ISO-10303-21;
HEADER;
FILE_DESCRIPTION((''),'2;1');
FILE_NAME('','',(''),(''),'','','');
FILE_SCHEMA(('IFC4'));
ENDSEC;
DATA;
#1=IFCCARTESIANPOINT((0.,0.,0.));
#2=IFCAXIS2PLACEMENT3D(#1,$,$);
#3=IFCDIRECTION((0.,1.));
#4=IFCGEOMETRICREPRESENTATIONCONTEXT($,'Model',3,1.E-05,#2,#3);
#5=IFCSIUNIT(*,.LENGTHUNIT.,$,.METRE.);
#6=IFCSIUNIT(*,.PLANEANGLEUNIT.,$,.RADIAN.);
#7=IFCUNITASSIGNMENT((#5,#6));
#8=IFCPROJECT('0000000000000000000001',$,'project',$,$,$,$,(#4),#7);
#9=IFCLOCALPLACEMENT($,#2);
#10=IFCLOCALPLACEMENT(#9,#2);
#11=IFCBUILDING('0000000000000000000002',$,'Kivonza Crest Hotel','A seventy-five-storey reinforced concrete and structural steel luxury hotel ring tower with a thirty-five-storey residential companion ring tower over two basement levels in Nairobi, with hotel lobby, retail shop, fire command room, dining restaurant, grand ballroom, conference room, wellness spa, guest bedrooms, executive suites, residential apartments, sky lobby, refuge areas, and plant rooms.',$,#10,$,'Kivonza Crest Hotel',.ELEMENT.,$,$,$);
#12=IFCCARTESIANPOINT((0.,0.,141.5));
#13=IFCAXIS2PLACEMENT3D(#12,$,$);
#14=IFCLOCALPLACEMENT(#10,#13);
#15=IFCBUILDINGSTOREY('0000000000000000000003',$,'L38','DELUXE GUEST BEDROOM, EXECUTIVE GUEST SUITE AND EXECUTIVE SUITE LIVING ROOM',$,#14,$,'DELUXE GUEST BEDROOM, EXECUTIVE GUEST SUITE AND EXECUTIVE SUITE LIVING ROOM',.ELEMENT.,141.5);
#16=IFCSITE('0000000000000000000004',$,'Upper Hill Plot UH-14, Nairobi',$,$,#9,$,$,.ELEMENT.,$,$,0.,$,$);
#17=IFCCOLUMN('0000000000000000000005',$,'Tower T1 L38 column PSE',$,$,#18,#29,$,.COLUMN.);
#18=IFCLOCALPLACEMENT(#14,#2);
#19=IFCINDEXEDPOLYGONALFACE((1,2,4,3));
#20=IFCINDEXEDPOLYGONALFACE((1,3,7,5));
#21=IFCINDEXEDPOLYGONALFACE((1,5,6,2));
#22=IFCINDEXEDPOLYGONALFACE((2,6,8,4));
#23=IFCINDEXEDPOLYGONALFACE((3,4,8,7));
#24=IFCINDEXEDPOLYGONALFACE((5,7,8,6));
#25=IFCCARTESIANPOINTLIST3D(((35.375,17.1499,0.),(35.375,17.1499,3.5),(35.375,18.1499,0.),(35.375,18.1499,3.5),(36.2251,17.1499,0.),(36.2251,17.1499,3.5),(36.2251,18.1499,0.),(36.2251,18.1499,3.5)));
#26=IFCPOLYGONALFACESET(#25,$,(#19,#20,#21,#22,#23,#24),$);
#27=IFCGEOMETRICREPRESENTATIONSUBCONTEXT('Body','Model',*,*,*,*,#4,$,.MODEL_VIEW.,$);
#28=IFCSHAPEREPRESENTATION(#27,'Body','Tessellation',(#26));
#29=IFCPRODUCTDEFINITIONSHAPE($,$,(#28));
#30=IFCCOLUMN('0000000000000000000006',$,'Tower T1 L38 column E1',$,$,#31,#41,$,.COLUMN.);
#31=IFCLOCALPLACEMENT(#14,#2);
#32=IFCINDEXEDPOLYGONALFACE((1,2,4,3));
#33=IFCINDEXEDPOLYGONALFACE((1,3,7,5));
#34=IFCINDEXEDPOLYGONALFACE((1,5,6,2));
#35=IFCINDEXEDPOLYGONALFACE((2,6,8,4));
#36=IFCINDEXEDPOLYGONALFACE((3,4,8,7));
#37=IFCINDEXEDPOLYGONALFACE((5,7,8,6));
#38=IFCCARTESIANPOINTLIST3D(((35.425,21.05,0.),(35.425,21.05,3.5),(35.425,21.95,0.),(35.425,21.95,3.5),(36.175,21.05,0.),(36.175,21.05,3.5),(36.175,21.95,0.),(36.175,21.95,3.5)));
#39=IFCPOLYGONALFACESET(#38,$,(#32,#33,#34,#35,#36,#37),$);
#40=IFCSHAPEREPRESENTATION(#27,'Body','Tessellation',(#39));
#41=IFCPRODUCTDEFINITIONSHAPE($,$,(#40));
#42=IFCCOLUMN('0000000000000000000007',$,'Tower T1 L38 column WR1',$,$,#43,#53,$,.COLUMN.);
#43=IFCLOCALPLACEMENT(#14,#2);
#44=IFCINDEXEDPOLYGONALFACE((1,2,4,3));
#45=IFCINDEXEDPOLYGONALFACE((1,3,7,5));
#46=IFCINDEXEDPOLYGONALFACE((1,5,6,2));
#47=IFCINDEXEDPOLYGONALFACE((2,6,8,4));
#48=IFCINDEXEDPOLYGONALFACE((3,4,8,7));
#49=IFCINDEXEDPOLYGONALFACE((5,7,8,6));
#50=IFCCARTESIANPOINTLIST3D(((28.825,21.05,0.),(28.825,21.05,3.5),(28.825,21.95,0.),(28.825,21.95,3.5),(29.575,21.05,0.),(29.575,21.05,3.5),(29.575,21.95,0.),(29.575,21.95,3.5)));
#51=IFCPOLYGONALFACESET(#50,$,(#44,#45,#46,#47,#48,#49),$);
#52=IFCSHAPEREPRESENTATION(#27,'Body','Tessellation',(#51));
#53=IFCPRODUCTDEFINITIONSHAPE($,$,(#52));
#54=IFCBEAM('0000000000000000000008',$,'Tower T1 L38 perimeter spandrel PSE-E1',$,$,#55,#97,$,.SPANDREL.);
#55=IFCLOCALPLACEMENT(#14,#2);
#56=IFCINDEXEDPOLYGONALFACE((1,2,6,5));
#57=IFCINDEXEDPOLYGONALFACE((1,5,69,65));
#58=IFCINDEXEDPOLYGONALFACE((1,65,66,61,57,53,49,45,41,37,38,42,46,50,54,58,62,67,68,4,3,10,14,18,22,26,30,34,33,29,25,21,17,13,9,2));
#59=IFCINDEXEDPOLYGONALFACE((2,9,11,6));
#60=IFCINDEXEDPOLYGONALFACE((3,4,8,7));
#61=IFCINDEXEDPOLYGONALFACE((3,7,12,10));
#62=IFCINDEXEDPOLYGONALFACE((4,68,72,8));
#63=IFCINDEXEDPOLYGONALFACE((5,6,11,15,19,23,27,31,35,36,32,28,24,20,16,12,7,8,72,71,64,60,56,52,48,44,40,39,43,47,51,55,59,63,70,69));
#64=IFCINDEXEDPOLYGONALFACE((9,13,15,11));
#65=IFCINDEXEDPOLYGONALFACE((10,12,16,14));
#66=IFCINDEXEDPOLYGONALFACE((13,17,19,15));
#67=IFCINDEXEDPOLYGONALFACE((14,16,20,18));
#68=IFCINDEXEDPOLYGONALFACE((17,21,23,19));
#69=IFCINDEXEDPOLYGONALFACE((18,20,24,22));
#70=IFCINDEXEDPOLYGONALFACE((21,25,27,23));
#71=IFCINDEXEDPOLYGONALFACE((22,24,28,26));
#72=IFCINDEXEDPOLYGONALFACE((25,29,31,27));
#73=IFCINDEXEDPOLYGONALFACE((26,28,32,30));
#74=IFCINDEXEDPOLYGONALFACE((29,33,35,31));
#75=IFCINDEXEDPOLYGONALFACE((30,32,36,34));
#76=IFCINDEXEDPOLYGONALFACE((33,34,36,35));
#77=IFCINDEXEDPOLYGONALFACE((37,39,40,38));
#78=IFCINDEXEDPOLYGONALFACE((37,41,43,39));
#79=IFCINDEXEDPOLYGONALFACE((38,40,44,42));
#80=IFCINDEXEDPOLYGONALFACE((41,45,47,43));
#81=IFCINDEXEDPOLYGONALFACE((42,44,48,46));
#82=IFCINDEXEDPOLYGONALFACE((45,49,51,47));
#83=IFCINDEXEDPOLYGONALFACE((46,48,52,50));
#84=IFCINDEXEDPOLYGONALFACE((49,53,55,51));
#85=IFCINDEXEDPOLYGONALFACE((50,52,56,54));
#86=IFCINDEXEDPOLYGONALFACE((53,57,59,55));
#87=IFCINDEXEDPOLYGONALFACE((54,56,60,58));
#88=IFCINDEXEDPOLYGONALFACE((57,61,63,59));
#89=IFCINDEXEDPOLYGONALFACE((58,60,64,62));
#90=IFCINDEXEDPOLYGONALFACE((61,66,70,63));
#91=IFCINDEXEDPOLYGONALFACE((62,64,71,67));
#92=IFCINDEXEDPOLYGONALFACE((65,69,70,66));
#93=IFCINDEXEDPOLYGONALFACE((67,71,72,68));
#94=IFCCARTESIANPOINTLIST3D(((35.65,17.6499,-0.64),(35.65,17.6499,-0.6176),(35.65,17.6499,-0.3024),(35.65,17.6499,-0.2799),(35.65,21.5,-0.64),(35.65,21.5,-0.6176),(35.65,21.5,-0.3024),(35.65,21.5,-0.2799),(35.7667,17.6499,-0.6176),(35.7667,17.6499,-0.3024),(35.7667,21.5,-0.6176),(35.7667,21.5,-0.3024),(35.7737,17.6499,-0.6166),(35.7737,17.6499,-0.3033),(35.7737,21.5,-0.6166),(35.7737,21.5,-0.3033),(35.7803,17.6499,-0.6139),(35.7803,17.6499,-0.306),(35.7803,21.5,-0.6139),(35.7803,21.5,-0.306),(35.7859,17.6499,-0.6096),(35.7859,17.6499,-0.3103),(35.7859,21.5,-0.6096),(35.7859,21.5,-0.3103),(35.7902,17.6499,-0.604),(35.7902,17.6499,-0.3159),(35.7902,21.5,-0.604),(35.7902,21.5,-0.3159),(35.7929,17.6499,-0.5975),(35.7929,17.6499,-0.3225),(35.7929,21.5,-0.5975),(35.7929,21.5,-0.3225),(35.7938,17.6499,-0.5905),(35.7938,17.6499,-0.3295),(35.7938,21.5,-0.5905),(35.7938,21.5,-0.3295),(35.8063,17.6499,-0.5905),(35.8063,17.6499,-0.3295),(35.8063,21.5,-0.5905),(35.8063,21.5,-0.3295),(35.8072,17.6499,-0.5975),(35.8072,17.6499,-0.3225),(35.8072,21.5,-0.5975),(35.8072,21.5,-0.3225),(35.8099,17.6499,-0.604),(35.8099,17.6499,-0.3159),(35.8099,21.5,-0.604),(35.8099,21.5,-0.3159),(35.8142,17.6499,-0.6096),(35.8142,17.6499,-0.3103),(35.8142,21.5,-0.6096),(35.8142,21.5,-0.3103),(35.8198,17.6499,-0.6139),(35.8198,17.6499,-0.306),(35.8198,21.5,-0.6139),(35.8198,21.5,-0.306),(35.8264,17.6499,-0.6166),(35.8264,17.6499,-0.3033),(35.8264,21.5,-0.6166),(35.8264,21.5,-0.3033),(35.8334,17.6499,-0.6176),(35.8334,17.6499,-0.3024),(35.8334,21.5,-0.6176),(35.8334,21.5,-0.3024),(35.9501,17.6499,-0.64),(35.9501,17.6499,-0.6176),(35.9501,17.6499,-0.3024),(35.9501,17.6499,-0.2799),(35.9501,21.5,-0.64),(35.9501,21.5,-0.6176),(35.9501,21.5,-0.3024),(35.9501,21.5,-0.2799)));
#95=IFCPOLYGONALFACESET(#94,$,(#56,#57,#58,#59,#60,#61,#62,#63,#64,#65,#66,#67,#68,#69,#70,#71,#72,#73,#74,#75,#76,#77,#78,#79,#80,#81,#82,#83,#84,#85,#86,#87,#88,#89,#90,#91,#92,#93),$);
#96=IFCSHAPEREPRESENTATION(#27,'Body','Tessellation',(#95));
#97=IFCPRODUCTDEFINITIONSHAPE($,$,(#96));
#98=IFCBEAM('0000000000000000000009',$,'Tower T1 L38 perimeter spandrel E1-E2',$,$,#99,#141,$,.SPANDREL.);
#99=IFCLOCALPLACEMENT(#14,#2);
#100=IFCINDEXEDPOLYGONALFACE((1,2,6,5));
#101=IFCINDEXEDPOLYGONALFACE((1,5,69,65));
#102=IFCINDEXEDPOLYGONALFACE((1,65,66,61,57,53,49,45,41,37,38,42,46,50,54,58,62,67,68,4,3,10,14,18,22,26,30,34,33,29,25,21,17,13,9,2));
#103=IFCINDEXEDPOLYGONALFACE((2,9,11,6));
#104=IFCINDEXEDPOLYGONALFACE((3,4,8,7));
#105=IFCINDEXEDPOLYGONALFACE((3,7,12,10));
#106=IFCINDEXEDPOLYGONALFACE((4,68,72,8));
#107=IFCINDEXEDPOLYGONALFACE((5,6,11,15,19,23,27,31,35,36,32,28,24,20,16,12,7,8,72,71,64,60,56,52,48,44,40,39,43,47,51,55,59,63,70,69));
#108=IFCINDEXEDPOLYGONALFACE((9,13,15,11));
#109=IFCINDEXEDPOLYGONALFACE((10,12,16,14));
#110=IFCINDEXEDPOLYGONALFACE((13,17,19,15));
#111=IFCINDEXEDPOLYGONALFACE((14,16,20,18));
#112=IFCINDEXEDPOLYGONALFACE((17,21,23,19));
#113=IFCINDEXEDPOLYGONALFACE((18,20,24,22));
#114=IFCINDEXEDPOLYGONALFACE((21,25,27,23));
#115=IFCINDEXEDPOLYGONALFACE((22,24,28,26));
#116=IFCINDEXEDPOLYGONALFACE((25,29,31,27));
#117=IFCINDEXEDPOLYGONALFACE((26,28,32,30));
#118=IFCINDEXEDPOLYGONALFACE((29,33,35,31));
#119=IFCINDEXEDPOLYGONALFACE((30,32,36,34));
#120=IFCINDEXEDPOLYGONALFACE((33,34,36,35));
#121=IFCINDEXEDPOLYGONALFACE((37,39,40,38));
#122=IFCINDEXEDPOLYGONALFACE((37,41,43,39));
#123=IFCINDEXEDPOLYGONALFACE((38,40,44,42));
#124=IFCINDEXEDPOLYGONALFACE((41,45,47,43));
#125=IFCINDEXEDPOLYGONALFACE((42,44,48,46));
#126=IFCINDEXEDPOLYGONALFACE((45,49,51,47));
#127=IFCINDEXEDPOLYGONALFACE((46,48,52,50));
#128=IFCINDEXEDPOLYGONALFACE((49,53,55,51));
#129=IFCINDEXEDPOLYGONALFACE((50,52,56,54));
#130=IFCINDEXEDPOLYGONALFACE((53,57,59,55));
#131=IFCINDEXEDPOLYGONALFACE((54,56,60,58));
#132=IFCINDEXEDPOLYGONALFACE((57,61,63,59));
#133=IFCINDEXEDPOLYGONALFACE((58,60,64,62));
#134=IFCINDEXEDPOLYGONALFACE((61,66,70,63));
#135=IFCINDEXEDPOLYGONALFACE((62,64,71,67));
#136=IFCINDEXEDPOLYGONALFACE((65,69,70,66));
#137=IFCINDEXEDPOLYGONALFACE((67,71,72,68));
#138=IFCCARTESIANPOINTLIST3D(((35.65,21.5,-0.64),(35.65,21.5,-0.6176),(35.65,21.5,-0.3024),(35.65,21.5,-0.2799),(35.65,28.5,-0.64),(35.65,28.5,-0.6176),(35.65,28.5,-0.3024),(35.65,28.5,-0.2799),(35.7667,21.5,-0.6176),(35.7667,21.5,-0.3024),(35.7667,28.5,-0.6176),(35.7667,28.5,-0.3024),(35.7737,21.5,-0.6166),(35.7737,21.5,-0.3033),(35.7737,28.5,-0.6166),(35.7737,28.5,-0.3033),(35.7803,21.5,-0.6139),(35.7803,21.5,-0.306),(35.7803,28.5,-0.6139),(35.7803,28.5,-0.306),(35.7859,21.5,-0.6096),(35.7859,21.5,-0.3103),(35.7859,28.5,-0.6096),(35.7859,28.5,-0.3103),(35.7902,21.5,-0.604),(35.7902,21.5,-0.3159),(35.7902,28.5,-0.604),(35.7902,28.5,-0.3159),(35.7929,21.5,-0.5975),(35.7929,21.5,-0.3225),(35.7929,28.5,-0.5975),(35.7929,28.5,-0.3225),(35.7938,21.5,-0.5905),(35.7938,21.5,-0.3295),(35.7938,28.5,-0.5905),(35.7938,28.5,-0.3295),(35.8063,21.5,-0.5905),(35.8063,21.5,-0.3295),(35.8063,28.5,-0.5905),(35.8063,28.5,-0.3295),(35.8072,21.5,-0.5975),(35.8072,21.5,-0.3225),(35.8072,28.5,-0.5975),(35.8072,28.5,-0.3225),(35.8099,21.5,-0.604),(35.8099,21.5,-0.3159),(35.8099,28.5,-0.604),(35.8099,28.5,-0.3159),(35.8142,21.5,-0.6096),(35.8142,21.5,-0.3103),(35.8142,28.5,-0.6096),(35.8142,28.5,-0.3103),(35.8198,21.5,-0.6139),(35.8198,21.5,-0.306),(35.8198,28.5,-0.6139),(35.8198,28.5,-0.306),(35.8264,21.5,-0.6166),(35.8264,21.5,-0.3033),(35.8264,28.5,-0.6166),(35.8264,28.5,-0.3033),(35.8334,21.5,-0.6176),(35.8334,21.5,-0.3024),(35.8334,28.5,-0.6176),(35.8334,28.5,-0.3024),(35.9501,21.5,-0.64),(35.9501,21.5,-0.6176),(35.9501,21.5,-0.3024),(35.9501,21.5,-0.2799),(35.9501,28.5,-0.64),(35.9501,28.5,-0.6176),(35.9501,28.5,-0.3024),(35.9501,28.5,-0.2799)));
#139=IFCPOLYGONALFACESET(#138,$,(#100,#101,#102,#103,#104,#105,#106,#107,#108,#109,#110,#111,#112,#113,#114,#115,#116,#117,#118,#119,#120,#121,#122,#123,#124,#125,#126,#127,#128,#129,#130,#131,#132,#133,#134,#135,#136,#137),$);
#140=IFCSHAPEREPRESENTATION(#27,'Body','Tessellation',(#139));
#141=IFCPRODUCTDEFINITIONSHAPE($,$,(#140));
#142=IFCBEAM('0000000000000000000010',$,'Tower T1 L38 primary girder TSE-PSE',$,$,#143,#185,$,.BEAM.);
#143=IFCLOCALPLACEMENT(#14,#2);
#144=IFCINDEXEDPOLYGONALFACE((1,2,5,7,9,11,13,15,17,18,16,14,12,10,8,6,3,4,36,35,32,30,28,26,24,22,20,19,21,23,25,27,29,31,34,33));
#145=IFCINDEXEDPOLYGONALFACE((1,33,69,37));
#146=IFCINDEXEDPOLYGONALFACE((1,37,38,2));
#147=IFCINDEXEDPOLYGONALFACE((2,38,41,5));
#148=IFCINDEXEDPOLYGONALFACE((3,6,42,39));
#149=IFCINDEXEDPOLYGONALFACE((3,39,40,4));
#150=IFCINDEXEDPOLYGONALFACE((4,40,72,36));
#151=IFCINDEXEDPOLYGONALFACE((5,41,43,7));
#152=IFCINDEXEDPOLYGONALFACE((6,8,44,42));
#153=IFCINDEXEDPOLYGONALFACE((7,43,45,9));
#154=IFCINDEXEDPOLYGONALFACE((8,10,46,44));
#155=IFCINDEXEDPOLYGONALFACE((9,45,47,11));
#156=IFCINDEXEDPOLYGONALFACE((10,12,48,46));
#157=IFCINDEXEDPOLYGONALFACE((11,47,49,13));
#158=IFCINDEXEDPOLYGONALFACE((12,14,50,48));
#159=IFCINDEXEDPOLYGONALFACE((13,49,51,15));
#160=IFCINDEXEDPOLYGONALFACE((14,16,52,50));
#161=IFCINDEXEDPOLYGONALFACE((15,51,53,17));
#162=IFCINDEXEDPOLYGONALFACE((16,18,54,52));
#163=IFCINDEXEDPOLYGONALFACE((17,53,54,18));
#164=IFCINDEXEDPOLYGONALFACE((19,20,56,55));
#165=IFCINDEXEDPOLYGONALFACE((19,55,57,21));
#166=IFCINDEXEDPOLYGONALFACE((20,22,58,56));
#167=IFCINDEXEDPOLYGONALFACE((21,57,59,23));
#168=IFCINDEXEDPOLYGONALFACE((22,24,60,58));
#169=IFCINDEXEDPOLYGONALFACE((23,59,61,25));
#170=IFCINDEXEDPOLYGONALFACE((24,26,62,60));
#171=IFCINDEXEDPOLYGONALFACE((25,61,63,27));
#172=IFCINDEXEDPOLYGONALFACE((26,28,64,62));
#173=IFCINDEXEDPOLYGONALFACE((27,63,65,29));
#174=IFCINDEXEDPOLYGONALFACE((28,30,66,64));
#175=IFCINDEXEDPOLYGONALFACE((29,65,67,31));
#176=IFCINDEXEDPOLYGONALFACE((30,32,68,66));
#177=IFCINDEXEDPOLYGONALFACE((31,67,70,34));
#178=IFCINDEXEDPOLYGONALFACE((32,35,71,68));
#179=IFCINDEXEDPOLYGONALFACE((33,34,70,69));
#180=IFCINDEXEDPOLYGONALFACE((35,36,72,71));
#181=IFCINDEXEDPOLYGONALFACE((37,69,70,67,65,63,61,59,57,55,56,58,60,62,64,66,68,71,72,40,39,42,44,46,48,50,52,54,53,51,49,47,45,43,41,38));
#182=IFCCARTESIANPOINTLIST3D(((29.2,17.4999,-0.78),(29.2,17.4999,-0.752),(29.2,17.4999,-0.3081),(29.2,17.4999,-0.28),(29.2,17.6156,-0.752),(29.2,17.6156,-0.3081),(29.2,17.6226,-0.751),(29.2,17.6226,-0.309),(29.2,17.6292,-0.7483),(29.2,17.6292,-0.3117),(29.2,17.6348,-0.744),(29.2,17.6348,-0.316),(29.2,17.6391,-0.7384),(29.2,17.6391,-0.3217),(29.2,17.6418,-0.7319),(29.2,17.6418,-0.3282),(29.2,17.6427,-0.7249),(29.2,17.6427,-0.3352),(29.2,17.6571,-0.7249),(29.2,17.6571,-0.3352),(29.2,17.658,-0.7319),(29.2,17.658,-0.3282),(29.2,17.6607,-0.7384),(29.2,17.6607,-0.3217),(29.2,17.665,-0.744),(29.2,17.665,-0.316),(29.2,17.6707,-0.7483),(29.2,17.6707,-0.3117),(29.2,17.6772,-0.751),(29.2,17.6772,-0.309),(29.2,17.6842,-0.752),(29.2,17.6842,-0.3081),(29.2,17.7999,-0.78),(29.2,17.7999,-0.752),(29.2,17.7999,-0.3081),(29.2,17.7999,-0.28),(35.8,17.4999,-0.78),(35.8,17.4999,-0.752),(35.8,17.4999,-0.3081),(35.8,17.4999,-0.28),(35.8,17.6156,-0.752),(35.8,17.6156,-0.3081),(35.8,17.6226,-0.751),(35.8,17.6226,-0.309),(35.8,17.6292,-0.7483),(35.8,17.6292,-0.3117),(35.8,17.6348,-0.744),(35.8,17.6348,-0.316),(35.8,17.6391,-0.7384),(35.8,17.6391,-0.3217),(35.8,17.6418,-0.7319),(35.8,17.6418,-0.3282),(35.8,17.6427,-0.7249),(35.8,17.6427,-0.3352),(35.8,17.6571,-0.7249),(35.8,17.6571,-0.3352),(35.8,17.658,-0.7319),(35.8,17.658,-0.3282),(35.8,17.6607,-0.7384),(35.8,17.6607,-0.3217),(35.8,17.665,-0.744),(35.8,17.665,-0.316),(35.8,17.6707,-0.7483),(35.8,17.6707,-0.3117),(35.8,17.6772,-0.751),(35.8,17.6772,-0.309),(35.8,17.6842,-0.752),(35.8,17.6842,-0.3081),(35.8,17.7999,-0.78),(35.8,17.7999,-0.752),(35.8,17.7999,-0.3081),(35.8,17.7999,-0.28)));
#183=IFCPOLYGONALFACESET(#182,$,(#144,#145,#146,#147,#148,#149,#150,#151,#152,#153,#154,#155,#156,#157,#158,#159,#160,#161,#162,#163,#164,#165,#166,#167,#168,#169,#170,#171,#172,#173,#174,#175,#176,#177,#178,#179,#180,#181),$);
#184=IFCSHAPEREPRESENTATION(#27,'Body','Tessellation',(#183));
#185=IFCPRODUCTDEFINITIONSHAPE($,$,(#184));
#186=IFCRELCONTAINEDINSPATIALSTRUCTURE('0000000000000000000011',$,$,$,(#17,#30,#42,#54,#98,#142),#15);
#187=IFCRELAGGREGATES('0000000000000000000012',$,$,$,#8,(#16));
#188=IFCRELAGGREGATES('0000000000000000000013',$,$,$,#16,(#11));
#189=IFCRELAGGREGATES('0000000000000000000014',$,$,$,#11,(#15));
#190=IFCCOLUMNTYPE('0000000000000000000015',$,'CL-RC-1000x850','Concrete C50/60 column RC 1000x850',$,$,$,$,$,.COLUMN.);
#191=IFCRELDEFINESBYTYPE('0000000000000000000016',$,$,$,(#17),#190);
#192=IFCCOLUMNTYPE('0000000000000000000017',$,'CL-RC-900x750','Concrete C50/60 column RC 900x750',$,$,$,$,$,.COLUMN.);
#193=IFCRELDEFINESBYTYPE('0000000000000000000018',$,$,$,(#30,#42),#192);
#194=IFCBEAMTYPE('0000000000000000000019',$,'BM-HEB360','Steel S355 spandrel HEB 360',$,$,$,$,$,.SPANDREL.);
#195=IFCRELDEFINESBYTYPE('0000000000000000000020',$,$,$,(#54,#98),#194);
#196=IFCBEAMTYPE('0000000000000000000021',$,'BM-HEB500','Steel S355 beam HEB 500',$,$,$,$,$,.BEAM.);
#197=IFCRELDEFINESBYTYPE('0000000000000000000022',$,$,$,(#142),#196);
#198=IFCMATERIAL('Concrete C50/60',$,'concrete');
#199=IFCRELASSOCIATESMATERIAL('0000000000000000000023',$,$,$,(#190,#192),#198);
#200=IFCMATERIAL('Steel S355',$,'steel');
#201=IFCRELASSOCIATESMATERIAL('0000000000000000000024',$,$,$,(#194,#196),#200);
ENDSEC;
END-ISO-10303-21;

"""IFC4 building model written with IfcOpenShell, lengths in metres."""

from ifc_helpers import new_model, si_unit, direction, frame, origin, origin_2d, place, context, subcontext, project, spatial, rectangle, i_section, extrude, material, material_profile, profile_set, type_object, element, save


model = new_model("IFC4")

# Units and contexts
model_context = context("Model", 3, precision=1e-05, world=origin(), true_north=direction((0.0, 1.0)))
body_context = subcontext(model_context, "Body", "Model", "MODEL_VIEW")
ifc_project = project(units=[si_unit("LENGTHUNIT", "METRE"), si_unit("PLANEANGLEUNIT", "RADIAN")], contexts=[model_context])

# Site, building, storey
site_placement = place(None, origin())
site = spatial("IfcSite", under=ifc_project, at=site_placement, Name="Upper Hill Plot UH-14, Nairobi", CompositionType="ELEMENT", RefElevation=0.0)
building_placement = place(site_placement, origin())
building = spatial("IfcBuilding", under=site, at=building_placement, Name="Kivonza Crest Hotel", Description="A seventy-five-storey reinforced concrete and structural steel luxury hotel ring tower with a thirty-five-storey residential companion ring tower over two basement levels in Nairobi, with hotel lobby, retail shop, fire command room, dining restaurant, grand ballroom, conference room, wellness spa, guest bedrooms, executive suites, residential apartments, sky lobby, refuge areas, and plant rooms.", LongName="Kivonza Crest Hotel", CompositionType="ELEMENT")
storey_placement = place(building_placement, frame((0.0, 0.0, 141.5)))
storey = spatial("IfcBuildingStorey", under=building, at=storey_placement, Name="L38", Description="DELUXE GUEST BEDROOM, EXECUTIVE GUEST SUITE AND EXECUTIVE SUITE LIVING ROOM", LongName="DELUXE GUEST BEDROOM, EXECUTIVE GUEST SUITE AND EXECUTIVE SUITE LIVING ROOM", CompositionType="ELEMENT", Elevation=141.5)

# Columns
ifc_material_1 = material(Name="Concrete C50/60", Category="concrete")
ifc_material_profile_1 = material_profile(ifc_material_1, rectangle(XDim=0.8501, YDim=1.0, at=origin_2d()), Name="RC 1000x850")
ifc_profile_set_1 = profile_set([ifc_material_profile_1], Name="Concrete C50/60")
column_type_1 = type_object("IfcColumnType", Name="CL-RC-1000x850", Description="Concrete C50/60 column RC 1000x850", PredefinedType="COLUMN", material=ifc_profile_set_1)
column_placement = place(storey_placement, frame((35.8, 17.6499, 0.0), z_axis=(0.0, 0.0, 1.0), x_axis=(1.0, 0.0, 0.0)))
element("IfcColumn", 1, at=column_placement, inside=storey, type_object=column_type_1, Name="Tower T1 L38 column PSE", PredefinedType="COLUMN", context=body_context, shape_type="SweptSolid", body=[
    extrude(rectangle(XDim=0.8501, YDim=1.0, at=origin_2d()), origin(), (0.0, 0.0, 1.0), 3.5),
])
ifc_material_profile_2 = material_profile(ifc_material_1, rectangle(XDim=0.75, YDim=0.8999, at=origin_2d()), Name="RC 900x750")
ifc_profile_set_2 = profile_set([ifc_material_profile_2], Name="Concrete C50/60")
column_type_2 = type_object("IfcColumnType", Name="CL-RC-900x750", Description="Concrete C50/60 column RC 900x750", PredefinedType="COLUMN", material=ifc_profile_set_2)
for number, where, z_axis, x_axis, name in (
    (2, (35.8, 21.5, 0.0), (0.0, 0.0, 1.0), (1.0, 0.0, 0.0), "Tower T1 L38 column E1"),
    (3, (29.2, 21.5, 0.0), (0.0, 0.0, 1.0), (1.0, 0.0, 0.0), "Tower T1 L38 column WR1"),
):
    element("IfcColumn", number, at=place(storey_placement, frame(where, z_axis=z_axis, x_axis=x_axis)), inside=storey, type_object=column_type_2, Name=name, PredefinedType="COLUMN", context=body_context, shape_type="SweptSolid", body=[
        extrude(rectangle(XDim=0.75, YDim=0.8999, at=origin_2d()), origin(), (0.0, 0.0, 1.0), 3.5),
    ])

# Beams
ifc_material_2 = material(Name="Steel S355", Category="steel")
ifc_material_profile_3 = material_profile(ifc_material_2, i_section(OverallWidth=0.3, OverallDepth=0.3601, WebThickness=0.0125, FlangeThickness=0.0225, FilletRadius=0.0271, at=origin_2d()), Name="HEB 360")
ifc_profile_set_3 = profile_set([ifc_material_profile_3], Name="Steel S355")
beam_type_1 = type_object("IfcBeamType", Name="BM-HEB360", Description="Steel S355 spandrel HEB 360", PredefinedType="SPANDREL", material=ifc_profile_set_3)
beam_1_placement = place(storey_placement, frame((35.8, 17.6499, -0.46), z_axis=(0.0, 1.0, 0.0), x_axis=(-1.0, 0.0, 0.0)))
element("IfcBeam", 4, at=beam_1_placement, inside=storey, type_object=beam_type_1, Name="Tower T1 L38 perimeter spandrel PSE-E1", PredefinedType="SPANDREL", context=body_context, shape_type="SweptSolid", body=[
    extrude(i_section(OverallWidth=0.3, OverallDepth=0.3601, WebThickness=0.0125, FlangeThickness=0.0225, FilletRadius=0.0271, at=origin_2d()), origin(), (0.0, 0.0, 1.0), 3.8501),
])
beam_2_placement = place(storey_placement, frame((35.8, 21.5, -0.46), z_axis=(0.0, 1.0, 0.0), x_axis=(-1.0, 0.0, 0.0)))
element("IfcBeam", 5, at=beam_2_placement, inside=storey, type_object=beam_type_1, Name="Tower T1 L38 perimeter spandrel E1-E2", PredefinedType="SPANDREL", context=body_context, shape_type="SweptSolid", body=[
    extrude(i_section(OverallWidth=0.3, OverallDepth=0.3601, WebThickness=0.0125, FlangeThickness=0.0225, FilletRadius=0.0271, at=origin_2d()), origin(), (0.0, 0.0, 1.0), 7.0),
])
ifc_material_profile_4 = material_profile(ifc_material_2, i_section(OverallWidth=0.3, OverallDepth=0.5, WebThickness=0.0144, FlangeThickness=0.0281, FilletRadius=0.0271, at=origin_2d()), Name="HEB 500")
ifc_profile_set_4 = profile_set([ifc_material_profile_4], Name="Steel S355")
beam_type_2 = type_object("IfcBeamType", Name="BM-HEB500", Description="Steel S355 beam HEB 500", PredefinedType="BEAM", material=ifc_profile_set_4)
beam_3_placement = place(storey_placement, frame((29.2, 17.6499, -0.53), z_axis=(1.0, 0.0, 0.0), x_axis=(0.0, 1.0, 0.0)))
element("IfcBeam", 6, at=beam_3_placement, inside=storey, type_object=beam_type_2, Name="Tower T1 L38 primary girder TSE-PSE", PredefinedType="BEAM", context=body_context, shape_type="SweptSolid", body=[
    extrude(i_section(OverallWidth=0.3, OverallDepth=0.5, WebThickness=0.0144, FlangeThickness=0.0281, FilletRadius=0.0271, at=origin_2d()), origin(), (0.0, 0.0, 1.0), 6.6001),
])

save(model, "model.ifc")
